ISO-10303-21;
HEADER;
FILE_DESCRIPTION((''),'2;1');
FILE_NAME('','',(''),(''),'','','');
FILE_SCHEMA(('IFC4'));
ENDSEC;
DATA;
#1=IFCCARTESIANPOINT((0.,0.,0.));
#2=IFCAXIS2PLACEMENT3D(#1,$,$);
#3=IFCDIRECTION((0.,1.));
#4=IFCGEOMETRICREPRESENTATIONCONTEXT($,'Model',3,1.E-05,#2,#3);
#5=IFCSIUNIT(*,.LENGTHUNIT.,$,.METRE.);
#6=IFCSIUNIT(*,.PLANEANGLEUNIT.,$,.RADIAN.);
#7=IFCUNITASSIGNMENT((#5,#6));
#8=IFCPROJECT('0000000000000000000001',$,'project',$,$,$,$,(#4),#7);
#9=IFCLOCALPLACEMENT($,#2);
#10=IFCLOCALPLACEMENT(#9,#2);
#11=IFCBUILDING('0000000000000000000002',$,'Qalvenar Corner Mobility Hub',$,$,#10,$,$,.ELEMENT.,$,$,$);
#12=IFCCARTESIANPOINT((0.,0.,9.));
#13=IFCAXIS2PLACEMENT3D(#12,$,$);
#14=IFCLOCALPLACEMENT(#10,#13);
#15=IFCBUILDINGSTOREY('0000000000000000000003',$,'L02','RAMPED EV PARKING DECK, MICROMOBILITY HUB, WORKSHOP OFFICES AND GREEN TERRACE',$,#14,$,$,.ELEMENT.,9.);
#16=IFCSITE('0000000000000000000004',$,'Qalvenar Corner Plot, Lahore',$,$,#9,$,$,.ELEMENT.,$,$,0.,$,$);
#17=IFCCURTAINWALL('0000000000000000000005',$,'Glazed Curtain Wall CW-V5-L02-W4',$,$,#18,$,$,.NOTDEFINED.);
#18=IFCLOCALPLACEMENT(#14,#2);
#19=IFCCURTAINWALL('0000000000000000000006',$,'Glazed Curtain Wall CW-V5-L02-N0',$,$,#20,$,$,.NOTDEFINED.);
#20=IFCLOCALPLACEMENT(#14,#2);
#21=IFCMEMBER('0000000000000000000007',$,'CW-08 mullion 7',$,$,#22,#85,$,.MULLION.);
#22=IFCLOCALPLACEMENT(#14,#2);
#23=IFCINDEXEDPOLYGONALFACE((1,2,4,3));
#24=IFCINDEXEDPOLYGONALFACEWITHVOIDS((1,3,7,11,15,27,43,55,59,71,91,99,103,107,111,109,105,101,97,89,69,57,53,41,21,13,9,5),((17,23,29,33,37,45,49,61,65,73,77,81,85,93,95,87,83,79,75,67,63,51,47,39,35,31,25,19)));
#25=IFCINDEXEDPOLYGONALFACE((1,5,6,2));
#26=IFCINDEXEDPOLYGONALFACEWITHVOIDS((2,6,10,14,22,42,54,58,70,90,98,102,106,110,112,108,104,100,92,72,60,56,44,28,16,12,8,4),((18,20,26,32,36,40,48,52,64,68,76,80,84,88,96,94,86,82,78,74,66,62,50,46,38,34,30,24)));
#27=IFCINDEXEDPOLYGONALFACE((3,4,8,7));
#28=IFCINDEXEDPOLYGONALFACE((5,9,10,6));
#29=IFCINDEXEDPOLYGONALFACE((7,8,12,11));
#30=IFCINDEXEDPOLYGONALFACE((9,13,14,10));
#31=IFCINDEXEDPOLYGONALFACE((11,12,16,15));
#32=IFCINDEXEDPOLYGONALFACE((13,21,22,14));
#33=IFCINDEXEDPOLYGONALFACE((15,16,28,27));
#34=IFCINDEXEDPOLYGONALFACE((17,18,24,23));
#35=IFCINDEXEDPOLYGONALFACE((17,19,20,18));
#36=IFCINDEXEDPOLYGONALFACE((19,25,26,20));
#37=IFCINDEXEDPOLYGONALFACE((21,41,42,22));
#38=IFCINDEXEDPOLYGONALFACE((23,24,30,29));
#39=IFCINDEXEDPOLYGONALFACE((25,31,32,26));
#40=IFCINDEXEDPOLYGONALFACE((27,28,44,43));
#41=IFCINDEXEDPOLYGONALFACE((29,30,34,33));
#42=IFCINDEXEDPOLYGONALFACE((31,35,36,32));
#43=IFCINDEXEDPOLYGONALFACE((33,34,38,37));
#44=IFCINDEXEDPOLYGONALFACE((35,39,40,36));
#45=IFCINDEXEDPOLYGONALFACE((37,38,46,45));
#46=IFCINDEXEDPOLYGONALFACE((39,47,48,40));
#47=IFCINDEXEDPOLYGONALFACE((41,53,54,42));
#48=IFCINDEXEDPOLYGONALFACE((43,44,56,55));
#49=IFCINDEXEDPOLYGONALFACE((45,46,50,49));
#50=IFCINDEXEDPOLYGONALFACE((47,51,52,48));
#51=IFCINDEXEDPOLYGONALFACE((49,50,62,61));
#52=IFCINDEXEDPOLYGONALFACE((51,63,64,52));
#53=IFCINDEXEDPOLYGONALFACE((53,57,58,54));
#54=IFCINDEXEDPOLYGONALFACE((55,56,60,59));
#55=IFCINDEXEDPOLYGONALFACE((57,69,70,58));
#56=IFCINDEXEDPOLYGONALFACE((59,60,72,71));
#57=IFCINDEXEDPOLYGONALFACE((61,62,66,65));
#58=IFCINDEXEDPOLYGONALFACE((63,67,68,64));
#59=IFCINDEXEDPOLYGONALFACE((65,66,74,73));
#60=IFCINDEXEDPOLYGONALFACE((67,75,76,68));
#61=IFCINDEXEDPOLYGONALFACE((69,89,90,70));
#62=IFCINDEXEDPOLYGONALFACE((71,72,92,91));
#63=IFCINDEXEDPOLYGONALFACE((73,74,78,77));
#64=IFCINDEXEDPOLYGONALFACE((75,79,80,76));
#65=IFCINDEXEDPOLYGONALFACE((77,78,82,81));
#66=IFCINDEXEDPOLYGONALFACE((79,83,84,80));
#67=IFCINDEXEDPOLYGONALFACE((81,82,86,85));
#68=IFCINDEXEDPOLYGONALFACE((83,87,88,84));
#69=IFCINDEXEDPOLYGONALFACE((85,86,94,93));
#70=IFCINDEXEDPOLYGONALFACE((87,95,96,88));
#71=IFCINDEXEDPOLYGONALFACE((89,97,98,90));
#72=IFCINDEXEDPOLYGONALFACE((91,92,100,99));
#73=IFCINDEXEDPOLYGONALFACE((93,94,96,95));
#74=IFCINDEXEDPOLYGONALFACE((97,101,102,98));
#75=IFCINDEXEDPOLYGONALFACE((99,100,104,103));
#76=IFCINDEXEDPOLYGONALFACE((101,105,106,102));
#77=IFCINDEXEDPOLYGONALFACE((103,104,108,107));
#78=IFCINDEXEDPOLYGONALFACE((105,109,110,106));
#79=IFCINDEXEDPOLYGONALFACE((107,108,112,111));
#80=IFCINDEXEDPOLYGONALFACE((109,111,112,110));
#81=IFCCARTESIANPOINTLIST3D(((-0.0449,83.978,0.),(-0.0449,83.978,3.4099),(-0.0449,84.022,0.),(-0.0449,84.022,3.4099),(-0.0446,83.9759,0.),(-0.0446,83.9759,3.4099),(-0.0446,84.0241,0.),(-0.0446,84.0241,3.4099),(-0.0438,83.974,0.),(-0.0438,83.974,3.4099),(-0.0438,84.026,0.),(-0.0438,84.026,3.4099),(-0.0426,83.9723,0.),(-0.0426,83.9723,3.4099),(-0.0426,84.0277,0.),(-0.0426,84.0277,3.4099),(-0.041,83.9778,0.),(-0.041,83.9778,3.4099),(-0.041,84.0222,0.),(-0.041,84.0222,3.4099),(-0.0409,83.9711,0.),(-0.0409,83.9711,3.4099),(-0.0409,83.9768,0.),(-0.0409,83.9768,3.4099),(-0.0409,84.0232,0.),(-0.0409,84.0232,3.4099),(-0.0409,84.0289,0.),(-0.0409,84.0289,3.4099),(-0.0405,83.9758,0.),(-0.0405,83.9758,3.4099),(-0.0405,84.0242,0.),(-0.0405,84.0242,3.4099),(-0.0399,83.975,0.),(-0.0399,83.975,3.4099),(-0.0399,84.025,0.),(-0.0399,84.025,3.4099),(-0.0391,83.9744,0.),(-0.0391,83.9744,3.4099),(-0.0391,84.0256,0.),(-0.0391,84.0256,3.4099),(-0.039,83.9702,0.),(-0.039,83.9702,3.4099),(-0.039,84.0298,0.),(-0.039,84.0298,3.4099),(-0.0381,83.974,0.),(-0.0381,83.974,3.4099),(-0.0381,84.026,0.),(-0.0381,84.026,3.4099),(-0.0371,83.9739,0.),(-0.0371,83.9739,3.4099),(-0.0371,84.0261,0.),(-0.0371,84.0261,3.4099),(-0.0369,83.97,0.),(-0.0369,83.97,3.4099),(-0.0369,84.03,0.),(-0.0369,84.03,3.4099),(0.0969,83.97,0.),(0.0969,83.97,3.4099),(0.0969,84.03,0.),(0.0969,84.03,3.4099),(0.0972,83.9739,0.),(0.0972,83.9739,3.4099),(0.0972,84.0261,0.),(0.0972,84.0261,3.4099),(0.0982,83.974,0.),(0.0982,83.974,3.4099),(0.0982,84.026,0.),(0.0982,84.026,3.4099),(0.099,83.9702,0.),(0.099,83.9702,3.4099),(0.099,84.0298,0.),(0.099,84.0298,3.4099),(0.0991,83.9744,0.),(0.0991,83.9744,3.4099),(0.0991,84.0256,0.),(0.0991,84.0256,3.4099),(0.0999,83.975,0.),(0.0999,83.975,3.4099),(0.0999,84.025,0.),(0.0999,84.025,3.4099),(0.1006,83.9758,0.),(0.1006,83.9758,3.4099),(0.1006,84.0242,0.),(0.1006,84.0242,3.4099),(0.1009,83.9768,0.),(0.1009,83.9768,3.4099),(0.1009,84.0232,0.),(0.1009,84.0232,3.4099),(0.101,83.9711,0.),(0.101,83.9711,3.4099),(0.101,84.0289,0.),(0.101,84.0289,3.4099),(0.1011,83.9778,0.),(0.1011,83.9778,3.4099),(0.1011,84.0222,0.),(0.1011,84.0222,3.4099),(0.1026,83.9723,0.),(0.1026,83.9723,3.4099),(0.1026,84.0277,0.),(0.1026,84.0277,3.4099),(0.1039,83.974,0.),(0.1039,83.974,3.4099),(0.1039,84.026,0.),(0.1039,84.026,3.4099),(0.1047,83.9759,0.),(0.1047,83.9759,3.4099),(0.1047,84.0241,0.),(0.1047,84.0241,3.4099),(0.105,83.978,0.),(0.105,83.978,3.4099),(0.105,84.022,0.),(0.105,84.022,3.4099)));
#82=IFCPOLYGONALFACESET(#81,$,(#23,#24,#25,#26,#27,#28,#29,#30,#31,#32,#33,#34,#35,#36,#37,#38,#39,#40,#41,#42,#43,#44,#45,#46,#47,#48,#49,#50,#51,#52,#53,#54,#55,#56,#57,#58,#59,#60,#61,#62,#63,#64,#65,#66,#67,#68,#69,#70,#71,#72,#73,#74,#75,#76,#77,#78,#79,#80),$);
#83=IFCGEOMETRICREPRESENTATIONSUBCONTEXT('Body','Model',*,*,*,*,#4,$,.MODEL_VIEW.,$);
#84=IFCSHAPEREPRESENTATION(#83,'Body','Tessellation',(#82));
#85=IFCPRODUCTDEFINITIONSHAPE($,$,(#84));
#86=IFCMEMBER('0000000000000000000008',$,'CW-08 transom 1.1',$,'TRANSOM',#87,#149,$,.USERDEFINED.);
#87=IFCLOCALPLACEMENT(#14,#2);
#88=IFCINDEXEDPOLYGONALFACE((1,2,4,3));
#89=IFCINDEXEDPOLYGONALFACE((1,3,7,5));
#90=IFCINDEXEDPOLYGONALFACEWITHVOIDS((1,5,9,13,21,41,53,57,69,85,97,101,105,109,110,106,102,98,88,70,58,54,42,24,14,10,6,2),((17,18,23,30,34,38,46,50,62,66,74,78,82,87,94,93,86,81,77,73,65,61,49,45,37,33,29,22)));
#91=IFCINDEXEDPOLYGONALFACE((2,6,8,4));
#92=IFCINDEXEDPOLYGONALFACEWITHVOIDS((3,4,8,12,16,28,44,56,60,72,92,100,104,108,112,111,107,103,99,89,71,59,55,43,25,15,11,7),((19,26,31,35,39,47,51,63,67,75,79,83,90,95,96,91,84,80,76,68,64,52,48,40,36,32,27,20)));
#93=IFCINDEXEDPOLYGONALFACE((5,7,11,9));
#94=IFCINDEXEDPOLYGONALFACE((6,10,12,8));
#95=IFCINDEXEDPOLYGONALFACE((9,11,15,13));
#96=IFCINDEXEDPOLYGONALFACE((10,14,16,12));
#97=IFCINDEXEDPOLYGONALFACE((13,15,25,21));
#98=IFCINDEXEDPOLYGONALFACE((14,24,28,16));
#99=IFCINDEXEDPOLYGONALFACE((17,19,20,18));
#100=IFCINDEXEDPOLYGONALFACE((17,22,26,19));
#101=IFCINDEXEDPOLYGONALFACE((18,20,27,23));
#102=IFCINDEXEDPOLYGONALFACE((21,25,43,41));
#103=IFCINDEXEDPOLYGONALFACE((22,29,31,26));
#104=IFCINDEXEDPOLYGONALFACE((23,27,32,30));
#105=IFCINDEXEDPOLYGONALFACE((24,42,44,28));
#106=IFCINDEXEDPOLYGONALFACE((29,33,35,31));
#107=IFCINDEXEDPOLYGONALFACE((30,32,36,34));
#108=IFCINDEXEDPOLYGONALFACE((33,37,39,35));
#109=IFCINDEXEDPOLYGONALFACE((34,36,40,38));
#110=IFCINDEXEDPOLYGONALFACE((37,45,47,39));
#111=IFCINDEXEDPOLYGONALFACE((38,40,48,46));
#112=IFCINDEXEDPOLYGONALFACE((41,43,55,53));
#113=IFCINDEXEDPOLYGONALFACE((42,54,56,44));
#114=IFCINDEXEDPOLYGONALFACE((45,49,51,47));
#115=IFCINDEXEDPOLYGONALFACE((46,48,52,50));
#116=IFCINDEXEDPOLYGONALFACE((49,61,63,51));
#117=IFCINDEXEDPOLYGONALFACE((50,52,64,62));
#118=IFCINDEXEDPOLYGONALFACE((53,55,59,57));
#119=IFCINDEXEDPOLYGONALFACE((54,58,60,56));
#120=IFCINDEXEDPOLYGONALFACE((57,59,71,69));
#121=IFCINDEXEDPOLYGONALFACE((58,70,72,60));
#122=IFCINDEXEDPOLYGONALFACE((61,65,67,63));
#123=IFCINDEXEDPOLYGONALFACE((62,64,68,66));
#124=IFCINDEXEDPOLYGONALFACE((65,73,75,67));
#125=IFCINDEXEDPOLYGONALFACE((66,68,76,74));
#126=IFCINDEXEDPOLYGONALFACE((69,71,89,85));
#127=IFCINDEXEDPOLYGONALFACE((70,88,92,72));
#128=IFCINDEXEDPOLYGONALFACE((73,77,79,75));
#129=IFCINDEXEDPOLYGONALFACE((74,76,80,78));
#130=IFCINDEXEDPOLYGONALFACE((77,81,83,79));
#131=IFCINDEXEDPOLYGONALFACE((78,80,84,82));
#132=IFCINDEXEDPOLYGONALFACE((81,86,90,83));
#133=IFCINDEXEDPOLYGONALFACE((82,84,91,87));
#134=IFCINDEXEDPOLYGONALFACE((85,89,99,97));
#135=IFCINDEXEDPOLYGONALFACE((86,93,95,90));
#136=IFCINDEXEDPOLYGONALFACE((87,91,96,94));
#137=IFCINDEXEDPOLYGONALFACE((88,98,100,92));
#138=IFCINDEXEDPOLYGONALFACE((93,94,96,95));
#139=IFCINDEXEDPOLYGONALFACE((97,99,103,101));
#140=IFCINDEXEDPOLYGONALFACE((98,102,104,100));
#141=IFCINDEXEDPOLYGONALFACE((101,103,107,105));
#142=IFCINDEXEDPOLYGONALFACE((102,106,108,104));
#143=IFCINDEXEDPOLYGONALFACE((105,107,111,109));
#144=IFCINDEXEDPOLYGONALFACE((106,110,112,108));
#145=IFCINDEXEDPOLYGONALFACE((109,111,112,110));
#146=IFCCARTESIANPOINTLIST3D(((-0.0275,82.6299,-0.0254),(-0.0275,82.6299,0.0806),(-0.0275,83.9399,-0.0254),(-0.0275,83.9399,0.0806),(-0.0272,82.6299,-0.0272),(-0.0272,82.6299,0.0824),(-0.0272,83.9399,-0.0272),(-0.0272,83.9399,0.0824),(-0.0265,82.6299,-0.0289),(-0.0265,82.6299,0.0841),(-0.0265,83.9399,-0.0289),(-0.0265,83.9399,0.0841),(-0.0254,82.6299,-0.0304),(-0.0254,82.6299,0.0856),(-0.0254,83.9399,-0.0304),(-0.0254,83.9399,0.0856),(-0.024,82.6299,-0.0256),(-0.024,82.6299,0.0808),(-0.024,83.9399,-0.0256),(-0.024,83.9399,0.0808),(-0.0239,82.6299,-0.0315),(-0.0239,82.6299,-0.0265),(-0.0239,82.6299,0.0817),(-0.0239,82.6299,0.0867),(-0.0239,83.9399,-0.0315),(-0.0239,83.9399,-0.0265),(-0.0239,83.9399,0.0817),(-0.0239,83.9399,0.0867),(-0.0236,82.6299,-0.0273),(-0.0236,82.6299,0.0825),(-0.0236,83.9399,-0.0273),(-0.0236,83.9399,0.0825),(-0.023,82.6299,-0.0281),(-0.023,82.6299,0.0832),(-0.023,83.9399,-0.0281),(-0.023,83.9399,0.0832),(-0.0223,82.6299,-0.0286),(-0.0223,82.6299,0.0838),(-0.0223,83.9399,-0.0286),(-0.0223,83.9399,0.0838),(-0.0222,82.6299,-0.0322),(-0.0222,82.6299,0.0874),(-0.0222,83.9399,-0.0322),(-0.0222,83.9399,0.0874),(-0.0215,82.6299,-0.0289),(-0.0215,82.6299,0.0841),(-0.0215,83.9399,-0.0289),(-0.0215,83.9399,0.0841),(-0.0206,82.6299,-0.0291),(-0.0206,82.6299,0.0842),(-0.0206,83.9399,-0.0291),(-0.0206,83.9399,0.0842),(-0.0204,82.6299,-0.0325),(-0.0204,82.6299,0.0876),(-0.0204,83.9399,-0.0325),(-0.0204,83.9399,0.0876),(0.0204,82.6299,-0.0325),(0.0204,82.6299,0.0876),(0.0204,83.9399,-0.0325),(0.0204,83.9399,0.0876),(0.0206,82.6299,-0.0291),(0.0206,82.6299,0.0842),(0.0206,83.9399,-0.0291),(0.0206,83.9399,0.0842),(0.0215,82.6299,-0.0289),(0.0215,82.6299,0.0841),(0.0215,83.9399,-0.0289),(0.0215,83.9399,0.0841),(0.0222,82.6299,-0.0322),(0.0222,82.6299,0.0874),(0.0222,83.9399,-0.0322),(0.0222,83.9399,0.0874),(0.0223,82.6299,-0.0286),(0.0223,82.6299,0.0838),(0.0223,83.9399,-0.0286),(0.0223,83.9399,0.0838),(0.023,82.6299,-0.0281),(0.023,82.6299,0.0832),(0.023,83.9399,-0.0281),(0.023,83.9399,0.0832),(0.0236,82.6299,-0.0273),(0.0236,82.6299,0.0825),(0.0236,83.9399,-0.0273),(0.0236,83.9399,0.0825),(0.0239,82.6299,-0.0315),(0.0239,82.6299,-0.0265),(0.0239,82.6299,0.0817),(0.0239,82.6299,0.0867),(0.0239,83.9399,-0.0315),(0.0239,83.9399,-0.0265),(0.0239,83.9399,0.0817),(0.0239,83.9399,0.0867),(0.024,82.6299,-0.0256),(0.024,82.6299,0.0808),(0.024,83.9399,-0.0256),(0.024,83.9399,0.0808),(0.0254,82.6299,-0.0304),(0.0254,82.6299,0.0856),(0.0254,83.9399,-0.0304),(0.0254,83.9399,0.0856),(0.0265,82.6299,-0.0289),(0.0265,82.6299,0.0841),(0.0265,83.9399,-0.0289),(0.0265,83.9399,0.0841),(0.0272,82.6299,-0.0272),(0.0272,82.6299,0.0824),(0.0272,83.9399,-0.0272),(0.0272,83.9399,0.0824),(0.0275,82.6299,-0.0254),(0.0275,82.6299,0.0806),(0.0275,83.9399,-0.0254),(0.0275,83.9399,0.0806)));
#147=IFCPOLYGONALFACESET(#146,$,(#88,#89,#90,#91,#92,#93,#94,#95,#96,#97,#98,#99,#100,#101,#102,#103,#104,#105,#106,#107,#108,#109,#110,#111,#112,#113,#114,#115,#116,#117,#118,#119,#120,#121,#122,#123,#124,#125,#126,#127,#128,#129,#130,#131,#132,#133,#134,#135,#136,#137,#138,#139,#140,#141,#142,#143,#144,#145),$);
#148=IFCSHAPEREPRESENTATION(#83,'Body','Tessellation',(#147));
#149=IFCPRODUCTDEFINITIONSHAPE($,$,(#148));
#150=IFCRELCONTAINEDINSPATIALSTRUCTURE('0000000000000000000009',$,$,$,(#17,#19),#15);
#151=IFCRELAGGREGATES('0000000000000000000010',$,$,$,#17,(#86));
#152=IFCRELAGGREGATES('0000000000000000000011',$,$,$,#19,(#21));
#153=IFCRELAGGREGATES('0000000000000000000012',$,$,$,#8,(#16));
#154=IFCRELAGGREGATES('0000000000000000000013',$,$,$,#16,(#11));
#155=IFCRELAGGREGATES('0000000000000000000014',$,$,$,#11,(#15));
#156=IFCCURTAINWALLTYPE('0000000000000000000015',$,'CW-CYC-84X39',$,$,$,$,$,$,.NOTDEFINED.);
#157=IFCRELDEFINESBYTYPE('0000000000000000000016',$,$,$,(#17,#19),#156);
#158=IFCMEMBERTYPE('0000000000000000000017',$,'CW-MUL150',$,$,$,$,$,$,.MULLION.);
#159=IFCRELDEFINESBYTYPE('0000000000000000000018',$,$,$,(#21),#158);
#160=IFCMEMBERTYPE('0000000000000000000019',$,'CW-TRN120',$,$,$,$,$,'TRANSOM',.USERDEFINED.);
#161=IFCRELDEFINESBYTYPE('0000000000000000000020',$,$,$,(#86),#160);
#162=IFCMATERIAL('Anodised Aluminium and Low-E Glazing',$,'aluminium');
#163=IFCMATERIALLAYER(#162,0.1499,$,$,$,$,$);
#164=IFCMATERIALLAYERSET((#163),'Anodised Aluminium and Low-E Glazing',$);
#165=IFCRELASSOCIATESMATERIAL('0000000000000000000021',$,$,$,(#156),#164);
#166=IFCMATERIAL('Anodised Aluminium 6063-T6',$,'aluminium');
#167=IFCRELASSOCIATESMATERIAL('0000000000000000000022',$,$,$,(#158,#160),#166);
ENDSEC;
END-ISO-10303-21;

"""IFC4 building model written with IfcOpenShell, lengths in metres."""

from ifc_helpers import new_model, si_unit, direction, frame, origin, origin_2d, place, context, subcontext, project, spatial, hollow_rectangle, extrude, material, layer, layer_set, material_profile, profile_set, type_object, element, aggregate, save


model = new_model("IFC4")

# Units and contexts
model_context = context("Model", 3, precision=1e-05, world=origin(), true_north=direction((0.0, 1.0)))
body_context = subcontext(model_context, "Body", "Model", "MODEL_VIEW")
ifc_project = project(units=[si_unit("LENGTHUNIT", "METRE"), si_unit("PLANEANGLEUNIT", "RADIAN")], contexts=[model_context])

# Site, building, storey
site_placement = place(None, origin())
site = spatial("IfcSite", under=ifc_project, at=site_placement, Name="Qalvenar Corner Plot, Lahore", CompositionType="ELEMENT", RefElevation=0.0)
building_placement = place(site_placement, origin())
building = spatial("IfcBuilding", under=site, at=building_placement, Name="Qalvenar Corner Mobility Hub", CompositionType="ELEMENT")
storey_placement = place(building_placement, frame((0.0, 0.0, 9.0)))
storey = spatial("IfcBuildingStorey", under=building, at=storey_placement, Name="L02", Description="RAMPED EV PARKING DECK, MICROMOBILITY HUB, WORKSHOP OFFICES AND GREEN TERRACE", CompositionType="ELEMENT", Elevation=9.0)

# Curtain wall
ifc_material_1 = material(Name="Anodised Aluminium and Low-E Glazing", Category="aluminium")
ifc_layer_1 = layer(ifc_material_1, 0.1499)
ifc_layer_set_1 = layer_set([ifc_layer_1], Name="Anodised Aluminium and Low-E Glazing")
curtain_wall_type = type_object("IfcCurtainWallType", Name="CW-CYC-84X39", PredefinedType="NOTDEFINED", material=ifc_layer_set_1)
curtain_wall_1_placement = place(storey_placement, origin())
curtain_wall_1 = element("IfcCurtainWall", 1, at=curtain_wall_1_placement, inside=storey, type_object=curtain_wall_type, Name="Glazed Curtain Wall CW-V5-L02-W4", PredefinedType="NOTDEFINED")
ifc_material_2 = material(Name="Anodised Aluminium 6063-T6", Category="aluminium")
ifc_material_profile_1 = material_profile(ifc_material_2, hollow_rectangle(XDim=0.0601, YDim=0.1499, WallThickness=0.0039, InnerFilletRadius=0.0039, OuterFilletRadius=0.0081, at=origin_2d()), Name="RHS150x60x4")
ifc_profile_set_1 = profile_set([ifc_material_profile_1], Name="Anodised Aluminium 6063-T6")
member_type_1 = type_object("IfcMemberType", Name="CW-MUL150", PredefinedType="MULLION", material=ifc_profile_set_1)

# Curtain wall, member
curtain_wall_2_placement = place(storey_placement, origin())
curtain_wall_2 = element("IfcCurtainWall", 2, at=curtain_wall_2_placement, inside=storey, type_object=curtain_wall_type, Name="Glazed Curtain Wall CW-V5-L02-N0", PredefinedType="NOTDEFINED")
member_1_placement = place(storey_placement, frame((0.03, 84.0, 0.0), z_axis=(0.0, 0.0, 1.0), x_axis=(0.0, -1.0, 0.0)))
member_1 = element("IfcMember", 3, at=member_1_placement, type_object=member_type_1, Name="CW-08 mullion 7", PredefinedType="MULLION", context=body_context, shape_type="SweptSolid", body=[
    extrude(hollow_rectangle(XDim=0.0601, YDim=0.1499, WallThickness=0.0039, InnerFilletRadius=0.0039, OuterFilletRadius=0.0081, at=origin_2d()), origin(), (0.0, 0.0, 1.0), 3.4099),
])

# Member
ifc_material_profile_2 = material_profile(ifc_material_2, hollow_rectangle(XDim=0.0549, YDim=0.1201, WallThickness=0.0034, InnerFilletRadius=0.0034, OuterFilletRadius=0.0071, at=origin_2d()), Name="RHS120x55x3.5")
ifc_profile_set_2 = profile_set([ifc_material_profile_2], Name="Anodised Aluminium 6063-T6")
member_type_2 = type_object("IfcMemberType", Name="CW-TRN120", ElementType="TRANSOM", PredefinedType="USERDEFINED", material=ifc_profile_set_2)
member_2_placement = place(storey_placement, frame((0.0, 83.9399, 0.0276), z_axis=(0.0, -1.0, 0.0), x_axis=(1.0, 0.0, 0.0)))
member_2 = element("IfcMember", 4, at=member_2_placement, type_object=member_type_2, Name="CW-08 transom 1.1", ObjectType="TRANSOM", PredefinedType="USERDEFINED", context=body_context, shape_type="SweptSolid", body=[
    extrude(hollow_rectangle(XDim=0.0549, YDim=0.1201, WallThickness=0.0034, InnerFilletRadius=0.0034, OuterFilletRadius=0.0071, at=origin_2d()), origin(), (0.0, 0.0, 1.0), 1.3101),
])

aggregate(curtain_wall_1, [member_2])
aggregate(curtain_wall_2, [member_1])

save(model, "model.ifc")
